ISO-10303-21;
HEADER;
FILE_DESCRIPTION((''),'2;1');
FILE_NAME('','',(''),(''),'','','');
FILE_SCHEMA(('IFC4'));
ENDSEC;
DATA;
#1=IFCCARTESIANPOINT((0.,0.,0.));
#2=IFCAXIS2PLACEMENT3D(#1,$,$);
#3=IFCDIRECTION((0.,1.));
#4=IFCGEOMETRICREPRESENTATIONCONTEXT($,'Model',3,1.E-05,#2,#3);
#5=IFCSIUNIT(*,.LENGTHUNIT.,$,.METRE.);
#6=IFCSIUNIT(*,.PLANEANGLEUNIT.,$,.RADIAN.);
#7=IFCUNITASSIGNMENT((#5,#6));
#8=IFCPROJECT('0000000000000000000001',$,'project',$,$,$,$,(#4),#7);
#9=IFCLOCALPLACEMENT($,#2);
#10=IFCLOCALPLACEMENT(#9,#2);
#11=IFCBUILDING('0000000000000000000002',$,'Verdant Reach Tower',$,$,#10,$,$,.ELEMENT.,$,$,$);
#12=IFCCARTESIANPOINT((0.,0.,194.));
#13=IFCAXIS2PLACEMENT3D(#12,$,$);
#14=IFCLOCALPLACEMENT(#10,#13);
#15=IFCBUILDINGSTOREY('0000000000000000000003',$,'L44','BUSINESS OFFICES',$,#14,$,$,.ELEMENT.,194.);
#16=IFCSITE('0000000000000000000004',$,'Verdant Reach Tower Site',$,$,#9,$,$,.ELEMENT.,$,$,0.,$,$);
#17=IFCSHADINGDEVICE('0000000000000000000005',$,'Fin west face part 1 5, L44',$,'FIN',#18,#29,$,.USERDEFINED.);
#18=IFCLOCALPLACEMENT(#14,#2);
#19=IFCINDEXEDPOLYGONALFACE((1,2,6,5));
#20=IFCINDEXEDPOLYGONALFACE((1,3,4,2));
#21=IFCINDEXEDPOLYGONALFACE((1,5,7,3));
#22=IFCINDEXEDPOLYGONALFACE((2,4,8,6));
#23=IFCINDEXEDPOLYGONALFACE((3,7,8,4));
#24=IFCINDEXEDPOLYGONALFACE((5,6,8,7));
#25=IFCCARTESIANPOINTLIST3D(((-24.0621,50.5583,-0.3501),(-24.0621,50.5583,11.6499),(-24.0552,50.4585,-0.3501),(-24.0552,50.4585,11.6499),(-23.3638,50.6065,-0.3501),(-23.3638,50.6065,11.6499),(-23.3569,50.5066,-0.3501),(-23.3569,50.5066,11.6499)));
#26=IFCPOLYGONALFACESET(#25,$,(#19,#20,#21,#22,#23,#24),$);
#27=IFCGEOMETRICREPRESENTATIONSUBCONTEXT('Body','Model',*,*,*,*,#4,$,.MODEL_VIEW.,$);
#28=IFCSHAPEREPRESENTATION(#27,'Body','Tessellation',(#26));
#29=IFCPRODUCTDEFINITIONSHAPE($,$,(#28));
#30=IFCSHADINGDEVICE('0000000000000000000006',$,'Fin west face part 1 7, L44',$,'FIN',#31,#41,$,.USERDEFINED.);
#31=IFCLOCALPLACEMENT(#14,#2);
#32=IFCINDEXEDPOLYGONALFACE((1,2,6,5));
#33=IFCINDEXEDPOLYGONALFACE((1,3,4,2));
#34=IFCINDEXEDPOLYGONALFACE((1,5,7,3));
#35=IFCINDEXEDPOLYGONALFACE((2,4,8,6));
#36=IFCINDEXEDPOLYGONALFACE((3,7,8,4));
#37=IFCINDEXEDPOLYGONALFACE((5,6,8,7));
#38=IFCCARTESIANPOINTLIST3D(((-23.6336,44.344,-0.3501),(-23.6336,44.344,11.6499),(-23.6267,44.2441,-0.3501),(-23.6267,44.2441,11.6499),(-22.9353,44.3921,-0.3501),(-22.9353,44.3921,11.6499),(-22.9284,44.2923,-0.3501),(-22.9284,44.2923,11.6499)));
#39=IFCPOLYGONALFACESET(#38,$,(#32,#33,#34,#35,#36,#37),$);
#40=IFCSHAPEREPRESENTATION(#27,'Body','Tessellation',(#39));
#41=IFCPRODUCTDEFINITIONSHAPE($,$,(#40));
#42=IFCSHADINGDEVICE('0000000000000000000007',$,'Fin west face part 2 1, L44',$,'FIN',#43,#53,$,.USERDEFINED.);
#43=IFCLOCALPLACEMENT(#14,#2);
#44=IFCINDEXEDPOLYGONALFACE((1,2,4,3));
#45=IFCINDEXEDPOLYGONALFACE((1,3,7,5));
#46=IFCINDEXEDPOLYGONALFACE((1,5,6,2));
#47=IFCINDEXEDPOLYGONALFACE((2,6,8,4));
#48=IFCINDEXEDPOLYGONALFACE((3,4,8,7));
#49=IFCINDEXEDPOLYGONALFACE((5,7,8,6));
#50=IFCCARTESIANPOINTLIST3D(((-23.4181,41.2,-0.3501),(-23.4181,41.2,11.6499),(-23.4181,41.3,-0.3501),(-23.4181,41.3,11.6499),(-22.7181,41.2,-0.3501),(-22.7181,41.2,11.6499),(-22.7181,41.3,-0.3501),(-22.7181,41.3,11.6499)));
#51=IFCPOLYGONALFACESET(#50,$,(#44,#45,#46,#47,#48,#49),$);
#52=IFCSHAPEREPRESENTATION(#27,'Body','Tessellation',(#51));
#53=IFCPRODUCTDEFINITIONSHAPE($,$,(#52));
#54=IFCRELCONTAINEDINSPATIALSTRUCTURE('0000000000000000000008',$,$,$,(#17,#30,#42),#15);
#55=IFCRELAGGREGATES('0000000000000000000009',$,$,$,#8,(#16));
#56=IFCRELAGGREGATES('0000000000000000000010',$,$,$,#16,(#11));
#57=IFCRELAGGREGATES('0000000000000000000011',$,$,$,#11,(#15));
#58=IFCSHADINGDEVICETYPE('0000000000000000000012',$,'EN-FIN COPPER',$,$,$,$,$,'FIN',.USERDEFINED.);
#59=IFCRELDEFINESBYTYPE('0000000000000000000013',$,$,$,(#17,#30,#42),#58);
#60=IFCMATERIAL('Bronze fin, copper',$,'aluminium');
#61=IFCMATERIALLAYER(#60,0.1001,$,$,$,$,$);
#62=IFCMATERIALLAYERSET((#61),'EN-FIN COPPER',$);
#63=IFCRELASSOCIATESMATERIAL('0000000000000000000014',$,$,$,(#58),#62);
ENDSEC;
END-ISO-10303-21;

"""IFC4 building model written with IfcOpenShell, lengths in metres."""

from ifc_helpers import new_model, si_unit, direction, frame, origin, origin_2d, place, context, subcontext, project, spatial, rectangle, extrude, material, layer, layer_set, type_object, element, save


model = new_model("IFC4")

# Units and contexts
model_context = context("Model", 3, precision=1e-05, world=origin(), true_north=direction((0.0, 1.0)))
body_context = subcontext(model_context, "Body", "Model", "MODEL_VIEW")
ifc_project = project(units=[si_unit("LENGTHUNIT", "METRE"), si_unit("PLANEANGLEUNIT", "RADIAN")], contexts=[model_context])

# Site, building, storey
site_placement = place(None, origin())
site = spatial("IfcSite", under=ifc_project, at=site_placement, Name="Verdant Reach Tower Site", CompositionType="ELEMENT", RefElevation=0.0)
building_placement = place(site_placement, origin())
building = spatial("IfcBuilding", under=site, at=building_placement, Name="Verdant Reach Tower", CompositionType="ELEMENT")
storey_placement = place(building_placement, frame((0.0, 0.0, 194.0)))
storey = spatial("IfcBuildingStorey", under=building, at=storey_placement, Name="L44", Description="BUSINESS OFFICES", CompositionType="ELEMENT", Elevation=194.0)

# Shading devices
ifc_material_1 = material(Name="Bronze fin, copper", Category="aluminium")
ifc_layer_1 = layer(ifc_material_1, 0.1001)
ifc_layer_set_1 = layer_set([ifc_layer_1], Name="EN-FIN COPPER")
shading_device_type = type_object("IfcShadingDeviceType", Name="EN-FIN COPPER", ElementType="FIN", PredefinedType="USERDEFINED", material=ifc_layer_set_1)
for number, where, z_axis, x_axis, name in (
    (1, (-23.7095, 50.5325, -0.3501), (0.0, 0.0, 1.0), (0.068802, -0.99763, 0.0), "Fin west face part 1 5, L44"),
    (2, (-23.281, 44.3181, -0.3501), (0.0, 0.0, 1.0), (0.068802, -0.99763, 0.0), "Fin west face part 1 7, L44"),
    (3, (-23.0681, 41.25, -0.3501), (0.0, 0.0, 1.0), (0.0, -1.0, 0.0), "Fin west face part 2 1, L44"),
):
    element("IfcShadingDevice", number, at=place(storey_placement, frame(where, z_axis=z_axis, x_axis=x_axis)), inside=storey, type_object=shading_device_type, Name=name, ObjectType="FIN", PredefinedType="USERDEFINED", context=body_context, shape_type="SweptSolid", body=[
        extrude(rectangle(XDim=0.1001, YDim=0.7, at=origin_2d()), origin(), (0.0, 0.0, 1.0), 12.0),
    ])

save(model, "model.ifc")
